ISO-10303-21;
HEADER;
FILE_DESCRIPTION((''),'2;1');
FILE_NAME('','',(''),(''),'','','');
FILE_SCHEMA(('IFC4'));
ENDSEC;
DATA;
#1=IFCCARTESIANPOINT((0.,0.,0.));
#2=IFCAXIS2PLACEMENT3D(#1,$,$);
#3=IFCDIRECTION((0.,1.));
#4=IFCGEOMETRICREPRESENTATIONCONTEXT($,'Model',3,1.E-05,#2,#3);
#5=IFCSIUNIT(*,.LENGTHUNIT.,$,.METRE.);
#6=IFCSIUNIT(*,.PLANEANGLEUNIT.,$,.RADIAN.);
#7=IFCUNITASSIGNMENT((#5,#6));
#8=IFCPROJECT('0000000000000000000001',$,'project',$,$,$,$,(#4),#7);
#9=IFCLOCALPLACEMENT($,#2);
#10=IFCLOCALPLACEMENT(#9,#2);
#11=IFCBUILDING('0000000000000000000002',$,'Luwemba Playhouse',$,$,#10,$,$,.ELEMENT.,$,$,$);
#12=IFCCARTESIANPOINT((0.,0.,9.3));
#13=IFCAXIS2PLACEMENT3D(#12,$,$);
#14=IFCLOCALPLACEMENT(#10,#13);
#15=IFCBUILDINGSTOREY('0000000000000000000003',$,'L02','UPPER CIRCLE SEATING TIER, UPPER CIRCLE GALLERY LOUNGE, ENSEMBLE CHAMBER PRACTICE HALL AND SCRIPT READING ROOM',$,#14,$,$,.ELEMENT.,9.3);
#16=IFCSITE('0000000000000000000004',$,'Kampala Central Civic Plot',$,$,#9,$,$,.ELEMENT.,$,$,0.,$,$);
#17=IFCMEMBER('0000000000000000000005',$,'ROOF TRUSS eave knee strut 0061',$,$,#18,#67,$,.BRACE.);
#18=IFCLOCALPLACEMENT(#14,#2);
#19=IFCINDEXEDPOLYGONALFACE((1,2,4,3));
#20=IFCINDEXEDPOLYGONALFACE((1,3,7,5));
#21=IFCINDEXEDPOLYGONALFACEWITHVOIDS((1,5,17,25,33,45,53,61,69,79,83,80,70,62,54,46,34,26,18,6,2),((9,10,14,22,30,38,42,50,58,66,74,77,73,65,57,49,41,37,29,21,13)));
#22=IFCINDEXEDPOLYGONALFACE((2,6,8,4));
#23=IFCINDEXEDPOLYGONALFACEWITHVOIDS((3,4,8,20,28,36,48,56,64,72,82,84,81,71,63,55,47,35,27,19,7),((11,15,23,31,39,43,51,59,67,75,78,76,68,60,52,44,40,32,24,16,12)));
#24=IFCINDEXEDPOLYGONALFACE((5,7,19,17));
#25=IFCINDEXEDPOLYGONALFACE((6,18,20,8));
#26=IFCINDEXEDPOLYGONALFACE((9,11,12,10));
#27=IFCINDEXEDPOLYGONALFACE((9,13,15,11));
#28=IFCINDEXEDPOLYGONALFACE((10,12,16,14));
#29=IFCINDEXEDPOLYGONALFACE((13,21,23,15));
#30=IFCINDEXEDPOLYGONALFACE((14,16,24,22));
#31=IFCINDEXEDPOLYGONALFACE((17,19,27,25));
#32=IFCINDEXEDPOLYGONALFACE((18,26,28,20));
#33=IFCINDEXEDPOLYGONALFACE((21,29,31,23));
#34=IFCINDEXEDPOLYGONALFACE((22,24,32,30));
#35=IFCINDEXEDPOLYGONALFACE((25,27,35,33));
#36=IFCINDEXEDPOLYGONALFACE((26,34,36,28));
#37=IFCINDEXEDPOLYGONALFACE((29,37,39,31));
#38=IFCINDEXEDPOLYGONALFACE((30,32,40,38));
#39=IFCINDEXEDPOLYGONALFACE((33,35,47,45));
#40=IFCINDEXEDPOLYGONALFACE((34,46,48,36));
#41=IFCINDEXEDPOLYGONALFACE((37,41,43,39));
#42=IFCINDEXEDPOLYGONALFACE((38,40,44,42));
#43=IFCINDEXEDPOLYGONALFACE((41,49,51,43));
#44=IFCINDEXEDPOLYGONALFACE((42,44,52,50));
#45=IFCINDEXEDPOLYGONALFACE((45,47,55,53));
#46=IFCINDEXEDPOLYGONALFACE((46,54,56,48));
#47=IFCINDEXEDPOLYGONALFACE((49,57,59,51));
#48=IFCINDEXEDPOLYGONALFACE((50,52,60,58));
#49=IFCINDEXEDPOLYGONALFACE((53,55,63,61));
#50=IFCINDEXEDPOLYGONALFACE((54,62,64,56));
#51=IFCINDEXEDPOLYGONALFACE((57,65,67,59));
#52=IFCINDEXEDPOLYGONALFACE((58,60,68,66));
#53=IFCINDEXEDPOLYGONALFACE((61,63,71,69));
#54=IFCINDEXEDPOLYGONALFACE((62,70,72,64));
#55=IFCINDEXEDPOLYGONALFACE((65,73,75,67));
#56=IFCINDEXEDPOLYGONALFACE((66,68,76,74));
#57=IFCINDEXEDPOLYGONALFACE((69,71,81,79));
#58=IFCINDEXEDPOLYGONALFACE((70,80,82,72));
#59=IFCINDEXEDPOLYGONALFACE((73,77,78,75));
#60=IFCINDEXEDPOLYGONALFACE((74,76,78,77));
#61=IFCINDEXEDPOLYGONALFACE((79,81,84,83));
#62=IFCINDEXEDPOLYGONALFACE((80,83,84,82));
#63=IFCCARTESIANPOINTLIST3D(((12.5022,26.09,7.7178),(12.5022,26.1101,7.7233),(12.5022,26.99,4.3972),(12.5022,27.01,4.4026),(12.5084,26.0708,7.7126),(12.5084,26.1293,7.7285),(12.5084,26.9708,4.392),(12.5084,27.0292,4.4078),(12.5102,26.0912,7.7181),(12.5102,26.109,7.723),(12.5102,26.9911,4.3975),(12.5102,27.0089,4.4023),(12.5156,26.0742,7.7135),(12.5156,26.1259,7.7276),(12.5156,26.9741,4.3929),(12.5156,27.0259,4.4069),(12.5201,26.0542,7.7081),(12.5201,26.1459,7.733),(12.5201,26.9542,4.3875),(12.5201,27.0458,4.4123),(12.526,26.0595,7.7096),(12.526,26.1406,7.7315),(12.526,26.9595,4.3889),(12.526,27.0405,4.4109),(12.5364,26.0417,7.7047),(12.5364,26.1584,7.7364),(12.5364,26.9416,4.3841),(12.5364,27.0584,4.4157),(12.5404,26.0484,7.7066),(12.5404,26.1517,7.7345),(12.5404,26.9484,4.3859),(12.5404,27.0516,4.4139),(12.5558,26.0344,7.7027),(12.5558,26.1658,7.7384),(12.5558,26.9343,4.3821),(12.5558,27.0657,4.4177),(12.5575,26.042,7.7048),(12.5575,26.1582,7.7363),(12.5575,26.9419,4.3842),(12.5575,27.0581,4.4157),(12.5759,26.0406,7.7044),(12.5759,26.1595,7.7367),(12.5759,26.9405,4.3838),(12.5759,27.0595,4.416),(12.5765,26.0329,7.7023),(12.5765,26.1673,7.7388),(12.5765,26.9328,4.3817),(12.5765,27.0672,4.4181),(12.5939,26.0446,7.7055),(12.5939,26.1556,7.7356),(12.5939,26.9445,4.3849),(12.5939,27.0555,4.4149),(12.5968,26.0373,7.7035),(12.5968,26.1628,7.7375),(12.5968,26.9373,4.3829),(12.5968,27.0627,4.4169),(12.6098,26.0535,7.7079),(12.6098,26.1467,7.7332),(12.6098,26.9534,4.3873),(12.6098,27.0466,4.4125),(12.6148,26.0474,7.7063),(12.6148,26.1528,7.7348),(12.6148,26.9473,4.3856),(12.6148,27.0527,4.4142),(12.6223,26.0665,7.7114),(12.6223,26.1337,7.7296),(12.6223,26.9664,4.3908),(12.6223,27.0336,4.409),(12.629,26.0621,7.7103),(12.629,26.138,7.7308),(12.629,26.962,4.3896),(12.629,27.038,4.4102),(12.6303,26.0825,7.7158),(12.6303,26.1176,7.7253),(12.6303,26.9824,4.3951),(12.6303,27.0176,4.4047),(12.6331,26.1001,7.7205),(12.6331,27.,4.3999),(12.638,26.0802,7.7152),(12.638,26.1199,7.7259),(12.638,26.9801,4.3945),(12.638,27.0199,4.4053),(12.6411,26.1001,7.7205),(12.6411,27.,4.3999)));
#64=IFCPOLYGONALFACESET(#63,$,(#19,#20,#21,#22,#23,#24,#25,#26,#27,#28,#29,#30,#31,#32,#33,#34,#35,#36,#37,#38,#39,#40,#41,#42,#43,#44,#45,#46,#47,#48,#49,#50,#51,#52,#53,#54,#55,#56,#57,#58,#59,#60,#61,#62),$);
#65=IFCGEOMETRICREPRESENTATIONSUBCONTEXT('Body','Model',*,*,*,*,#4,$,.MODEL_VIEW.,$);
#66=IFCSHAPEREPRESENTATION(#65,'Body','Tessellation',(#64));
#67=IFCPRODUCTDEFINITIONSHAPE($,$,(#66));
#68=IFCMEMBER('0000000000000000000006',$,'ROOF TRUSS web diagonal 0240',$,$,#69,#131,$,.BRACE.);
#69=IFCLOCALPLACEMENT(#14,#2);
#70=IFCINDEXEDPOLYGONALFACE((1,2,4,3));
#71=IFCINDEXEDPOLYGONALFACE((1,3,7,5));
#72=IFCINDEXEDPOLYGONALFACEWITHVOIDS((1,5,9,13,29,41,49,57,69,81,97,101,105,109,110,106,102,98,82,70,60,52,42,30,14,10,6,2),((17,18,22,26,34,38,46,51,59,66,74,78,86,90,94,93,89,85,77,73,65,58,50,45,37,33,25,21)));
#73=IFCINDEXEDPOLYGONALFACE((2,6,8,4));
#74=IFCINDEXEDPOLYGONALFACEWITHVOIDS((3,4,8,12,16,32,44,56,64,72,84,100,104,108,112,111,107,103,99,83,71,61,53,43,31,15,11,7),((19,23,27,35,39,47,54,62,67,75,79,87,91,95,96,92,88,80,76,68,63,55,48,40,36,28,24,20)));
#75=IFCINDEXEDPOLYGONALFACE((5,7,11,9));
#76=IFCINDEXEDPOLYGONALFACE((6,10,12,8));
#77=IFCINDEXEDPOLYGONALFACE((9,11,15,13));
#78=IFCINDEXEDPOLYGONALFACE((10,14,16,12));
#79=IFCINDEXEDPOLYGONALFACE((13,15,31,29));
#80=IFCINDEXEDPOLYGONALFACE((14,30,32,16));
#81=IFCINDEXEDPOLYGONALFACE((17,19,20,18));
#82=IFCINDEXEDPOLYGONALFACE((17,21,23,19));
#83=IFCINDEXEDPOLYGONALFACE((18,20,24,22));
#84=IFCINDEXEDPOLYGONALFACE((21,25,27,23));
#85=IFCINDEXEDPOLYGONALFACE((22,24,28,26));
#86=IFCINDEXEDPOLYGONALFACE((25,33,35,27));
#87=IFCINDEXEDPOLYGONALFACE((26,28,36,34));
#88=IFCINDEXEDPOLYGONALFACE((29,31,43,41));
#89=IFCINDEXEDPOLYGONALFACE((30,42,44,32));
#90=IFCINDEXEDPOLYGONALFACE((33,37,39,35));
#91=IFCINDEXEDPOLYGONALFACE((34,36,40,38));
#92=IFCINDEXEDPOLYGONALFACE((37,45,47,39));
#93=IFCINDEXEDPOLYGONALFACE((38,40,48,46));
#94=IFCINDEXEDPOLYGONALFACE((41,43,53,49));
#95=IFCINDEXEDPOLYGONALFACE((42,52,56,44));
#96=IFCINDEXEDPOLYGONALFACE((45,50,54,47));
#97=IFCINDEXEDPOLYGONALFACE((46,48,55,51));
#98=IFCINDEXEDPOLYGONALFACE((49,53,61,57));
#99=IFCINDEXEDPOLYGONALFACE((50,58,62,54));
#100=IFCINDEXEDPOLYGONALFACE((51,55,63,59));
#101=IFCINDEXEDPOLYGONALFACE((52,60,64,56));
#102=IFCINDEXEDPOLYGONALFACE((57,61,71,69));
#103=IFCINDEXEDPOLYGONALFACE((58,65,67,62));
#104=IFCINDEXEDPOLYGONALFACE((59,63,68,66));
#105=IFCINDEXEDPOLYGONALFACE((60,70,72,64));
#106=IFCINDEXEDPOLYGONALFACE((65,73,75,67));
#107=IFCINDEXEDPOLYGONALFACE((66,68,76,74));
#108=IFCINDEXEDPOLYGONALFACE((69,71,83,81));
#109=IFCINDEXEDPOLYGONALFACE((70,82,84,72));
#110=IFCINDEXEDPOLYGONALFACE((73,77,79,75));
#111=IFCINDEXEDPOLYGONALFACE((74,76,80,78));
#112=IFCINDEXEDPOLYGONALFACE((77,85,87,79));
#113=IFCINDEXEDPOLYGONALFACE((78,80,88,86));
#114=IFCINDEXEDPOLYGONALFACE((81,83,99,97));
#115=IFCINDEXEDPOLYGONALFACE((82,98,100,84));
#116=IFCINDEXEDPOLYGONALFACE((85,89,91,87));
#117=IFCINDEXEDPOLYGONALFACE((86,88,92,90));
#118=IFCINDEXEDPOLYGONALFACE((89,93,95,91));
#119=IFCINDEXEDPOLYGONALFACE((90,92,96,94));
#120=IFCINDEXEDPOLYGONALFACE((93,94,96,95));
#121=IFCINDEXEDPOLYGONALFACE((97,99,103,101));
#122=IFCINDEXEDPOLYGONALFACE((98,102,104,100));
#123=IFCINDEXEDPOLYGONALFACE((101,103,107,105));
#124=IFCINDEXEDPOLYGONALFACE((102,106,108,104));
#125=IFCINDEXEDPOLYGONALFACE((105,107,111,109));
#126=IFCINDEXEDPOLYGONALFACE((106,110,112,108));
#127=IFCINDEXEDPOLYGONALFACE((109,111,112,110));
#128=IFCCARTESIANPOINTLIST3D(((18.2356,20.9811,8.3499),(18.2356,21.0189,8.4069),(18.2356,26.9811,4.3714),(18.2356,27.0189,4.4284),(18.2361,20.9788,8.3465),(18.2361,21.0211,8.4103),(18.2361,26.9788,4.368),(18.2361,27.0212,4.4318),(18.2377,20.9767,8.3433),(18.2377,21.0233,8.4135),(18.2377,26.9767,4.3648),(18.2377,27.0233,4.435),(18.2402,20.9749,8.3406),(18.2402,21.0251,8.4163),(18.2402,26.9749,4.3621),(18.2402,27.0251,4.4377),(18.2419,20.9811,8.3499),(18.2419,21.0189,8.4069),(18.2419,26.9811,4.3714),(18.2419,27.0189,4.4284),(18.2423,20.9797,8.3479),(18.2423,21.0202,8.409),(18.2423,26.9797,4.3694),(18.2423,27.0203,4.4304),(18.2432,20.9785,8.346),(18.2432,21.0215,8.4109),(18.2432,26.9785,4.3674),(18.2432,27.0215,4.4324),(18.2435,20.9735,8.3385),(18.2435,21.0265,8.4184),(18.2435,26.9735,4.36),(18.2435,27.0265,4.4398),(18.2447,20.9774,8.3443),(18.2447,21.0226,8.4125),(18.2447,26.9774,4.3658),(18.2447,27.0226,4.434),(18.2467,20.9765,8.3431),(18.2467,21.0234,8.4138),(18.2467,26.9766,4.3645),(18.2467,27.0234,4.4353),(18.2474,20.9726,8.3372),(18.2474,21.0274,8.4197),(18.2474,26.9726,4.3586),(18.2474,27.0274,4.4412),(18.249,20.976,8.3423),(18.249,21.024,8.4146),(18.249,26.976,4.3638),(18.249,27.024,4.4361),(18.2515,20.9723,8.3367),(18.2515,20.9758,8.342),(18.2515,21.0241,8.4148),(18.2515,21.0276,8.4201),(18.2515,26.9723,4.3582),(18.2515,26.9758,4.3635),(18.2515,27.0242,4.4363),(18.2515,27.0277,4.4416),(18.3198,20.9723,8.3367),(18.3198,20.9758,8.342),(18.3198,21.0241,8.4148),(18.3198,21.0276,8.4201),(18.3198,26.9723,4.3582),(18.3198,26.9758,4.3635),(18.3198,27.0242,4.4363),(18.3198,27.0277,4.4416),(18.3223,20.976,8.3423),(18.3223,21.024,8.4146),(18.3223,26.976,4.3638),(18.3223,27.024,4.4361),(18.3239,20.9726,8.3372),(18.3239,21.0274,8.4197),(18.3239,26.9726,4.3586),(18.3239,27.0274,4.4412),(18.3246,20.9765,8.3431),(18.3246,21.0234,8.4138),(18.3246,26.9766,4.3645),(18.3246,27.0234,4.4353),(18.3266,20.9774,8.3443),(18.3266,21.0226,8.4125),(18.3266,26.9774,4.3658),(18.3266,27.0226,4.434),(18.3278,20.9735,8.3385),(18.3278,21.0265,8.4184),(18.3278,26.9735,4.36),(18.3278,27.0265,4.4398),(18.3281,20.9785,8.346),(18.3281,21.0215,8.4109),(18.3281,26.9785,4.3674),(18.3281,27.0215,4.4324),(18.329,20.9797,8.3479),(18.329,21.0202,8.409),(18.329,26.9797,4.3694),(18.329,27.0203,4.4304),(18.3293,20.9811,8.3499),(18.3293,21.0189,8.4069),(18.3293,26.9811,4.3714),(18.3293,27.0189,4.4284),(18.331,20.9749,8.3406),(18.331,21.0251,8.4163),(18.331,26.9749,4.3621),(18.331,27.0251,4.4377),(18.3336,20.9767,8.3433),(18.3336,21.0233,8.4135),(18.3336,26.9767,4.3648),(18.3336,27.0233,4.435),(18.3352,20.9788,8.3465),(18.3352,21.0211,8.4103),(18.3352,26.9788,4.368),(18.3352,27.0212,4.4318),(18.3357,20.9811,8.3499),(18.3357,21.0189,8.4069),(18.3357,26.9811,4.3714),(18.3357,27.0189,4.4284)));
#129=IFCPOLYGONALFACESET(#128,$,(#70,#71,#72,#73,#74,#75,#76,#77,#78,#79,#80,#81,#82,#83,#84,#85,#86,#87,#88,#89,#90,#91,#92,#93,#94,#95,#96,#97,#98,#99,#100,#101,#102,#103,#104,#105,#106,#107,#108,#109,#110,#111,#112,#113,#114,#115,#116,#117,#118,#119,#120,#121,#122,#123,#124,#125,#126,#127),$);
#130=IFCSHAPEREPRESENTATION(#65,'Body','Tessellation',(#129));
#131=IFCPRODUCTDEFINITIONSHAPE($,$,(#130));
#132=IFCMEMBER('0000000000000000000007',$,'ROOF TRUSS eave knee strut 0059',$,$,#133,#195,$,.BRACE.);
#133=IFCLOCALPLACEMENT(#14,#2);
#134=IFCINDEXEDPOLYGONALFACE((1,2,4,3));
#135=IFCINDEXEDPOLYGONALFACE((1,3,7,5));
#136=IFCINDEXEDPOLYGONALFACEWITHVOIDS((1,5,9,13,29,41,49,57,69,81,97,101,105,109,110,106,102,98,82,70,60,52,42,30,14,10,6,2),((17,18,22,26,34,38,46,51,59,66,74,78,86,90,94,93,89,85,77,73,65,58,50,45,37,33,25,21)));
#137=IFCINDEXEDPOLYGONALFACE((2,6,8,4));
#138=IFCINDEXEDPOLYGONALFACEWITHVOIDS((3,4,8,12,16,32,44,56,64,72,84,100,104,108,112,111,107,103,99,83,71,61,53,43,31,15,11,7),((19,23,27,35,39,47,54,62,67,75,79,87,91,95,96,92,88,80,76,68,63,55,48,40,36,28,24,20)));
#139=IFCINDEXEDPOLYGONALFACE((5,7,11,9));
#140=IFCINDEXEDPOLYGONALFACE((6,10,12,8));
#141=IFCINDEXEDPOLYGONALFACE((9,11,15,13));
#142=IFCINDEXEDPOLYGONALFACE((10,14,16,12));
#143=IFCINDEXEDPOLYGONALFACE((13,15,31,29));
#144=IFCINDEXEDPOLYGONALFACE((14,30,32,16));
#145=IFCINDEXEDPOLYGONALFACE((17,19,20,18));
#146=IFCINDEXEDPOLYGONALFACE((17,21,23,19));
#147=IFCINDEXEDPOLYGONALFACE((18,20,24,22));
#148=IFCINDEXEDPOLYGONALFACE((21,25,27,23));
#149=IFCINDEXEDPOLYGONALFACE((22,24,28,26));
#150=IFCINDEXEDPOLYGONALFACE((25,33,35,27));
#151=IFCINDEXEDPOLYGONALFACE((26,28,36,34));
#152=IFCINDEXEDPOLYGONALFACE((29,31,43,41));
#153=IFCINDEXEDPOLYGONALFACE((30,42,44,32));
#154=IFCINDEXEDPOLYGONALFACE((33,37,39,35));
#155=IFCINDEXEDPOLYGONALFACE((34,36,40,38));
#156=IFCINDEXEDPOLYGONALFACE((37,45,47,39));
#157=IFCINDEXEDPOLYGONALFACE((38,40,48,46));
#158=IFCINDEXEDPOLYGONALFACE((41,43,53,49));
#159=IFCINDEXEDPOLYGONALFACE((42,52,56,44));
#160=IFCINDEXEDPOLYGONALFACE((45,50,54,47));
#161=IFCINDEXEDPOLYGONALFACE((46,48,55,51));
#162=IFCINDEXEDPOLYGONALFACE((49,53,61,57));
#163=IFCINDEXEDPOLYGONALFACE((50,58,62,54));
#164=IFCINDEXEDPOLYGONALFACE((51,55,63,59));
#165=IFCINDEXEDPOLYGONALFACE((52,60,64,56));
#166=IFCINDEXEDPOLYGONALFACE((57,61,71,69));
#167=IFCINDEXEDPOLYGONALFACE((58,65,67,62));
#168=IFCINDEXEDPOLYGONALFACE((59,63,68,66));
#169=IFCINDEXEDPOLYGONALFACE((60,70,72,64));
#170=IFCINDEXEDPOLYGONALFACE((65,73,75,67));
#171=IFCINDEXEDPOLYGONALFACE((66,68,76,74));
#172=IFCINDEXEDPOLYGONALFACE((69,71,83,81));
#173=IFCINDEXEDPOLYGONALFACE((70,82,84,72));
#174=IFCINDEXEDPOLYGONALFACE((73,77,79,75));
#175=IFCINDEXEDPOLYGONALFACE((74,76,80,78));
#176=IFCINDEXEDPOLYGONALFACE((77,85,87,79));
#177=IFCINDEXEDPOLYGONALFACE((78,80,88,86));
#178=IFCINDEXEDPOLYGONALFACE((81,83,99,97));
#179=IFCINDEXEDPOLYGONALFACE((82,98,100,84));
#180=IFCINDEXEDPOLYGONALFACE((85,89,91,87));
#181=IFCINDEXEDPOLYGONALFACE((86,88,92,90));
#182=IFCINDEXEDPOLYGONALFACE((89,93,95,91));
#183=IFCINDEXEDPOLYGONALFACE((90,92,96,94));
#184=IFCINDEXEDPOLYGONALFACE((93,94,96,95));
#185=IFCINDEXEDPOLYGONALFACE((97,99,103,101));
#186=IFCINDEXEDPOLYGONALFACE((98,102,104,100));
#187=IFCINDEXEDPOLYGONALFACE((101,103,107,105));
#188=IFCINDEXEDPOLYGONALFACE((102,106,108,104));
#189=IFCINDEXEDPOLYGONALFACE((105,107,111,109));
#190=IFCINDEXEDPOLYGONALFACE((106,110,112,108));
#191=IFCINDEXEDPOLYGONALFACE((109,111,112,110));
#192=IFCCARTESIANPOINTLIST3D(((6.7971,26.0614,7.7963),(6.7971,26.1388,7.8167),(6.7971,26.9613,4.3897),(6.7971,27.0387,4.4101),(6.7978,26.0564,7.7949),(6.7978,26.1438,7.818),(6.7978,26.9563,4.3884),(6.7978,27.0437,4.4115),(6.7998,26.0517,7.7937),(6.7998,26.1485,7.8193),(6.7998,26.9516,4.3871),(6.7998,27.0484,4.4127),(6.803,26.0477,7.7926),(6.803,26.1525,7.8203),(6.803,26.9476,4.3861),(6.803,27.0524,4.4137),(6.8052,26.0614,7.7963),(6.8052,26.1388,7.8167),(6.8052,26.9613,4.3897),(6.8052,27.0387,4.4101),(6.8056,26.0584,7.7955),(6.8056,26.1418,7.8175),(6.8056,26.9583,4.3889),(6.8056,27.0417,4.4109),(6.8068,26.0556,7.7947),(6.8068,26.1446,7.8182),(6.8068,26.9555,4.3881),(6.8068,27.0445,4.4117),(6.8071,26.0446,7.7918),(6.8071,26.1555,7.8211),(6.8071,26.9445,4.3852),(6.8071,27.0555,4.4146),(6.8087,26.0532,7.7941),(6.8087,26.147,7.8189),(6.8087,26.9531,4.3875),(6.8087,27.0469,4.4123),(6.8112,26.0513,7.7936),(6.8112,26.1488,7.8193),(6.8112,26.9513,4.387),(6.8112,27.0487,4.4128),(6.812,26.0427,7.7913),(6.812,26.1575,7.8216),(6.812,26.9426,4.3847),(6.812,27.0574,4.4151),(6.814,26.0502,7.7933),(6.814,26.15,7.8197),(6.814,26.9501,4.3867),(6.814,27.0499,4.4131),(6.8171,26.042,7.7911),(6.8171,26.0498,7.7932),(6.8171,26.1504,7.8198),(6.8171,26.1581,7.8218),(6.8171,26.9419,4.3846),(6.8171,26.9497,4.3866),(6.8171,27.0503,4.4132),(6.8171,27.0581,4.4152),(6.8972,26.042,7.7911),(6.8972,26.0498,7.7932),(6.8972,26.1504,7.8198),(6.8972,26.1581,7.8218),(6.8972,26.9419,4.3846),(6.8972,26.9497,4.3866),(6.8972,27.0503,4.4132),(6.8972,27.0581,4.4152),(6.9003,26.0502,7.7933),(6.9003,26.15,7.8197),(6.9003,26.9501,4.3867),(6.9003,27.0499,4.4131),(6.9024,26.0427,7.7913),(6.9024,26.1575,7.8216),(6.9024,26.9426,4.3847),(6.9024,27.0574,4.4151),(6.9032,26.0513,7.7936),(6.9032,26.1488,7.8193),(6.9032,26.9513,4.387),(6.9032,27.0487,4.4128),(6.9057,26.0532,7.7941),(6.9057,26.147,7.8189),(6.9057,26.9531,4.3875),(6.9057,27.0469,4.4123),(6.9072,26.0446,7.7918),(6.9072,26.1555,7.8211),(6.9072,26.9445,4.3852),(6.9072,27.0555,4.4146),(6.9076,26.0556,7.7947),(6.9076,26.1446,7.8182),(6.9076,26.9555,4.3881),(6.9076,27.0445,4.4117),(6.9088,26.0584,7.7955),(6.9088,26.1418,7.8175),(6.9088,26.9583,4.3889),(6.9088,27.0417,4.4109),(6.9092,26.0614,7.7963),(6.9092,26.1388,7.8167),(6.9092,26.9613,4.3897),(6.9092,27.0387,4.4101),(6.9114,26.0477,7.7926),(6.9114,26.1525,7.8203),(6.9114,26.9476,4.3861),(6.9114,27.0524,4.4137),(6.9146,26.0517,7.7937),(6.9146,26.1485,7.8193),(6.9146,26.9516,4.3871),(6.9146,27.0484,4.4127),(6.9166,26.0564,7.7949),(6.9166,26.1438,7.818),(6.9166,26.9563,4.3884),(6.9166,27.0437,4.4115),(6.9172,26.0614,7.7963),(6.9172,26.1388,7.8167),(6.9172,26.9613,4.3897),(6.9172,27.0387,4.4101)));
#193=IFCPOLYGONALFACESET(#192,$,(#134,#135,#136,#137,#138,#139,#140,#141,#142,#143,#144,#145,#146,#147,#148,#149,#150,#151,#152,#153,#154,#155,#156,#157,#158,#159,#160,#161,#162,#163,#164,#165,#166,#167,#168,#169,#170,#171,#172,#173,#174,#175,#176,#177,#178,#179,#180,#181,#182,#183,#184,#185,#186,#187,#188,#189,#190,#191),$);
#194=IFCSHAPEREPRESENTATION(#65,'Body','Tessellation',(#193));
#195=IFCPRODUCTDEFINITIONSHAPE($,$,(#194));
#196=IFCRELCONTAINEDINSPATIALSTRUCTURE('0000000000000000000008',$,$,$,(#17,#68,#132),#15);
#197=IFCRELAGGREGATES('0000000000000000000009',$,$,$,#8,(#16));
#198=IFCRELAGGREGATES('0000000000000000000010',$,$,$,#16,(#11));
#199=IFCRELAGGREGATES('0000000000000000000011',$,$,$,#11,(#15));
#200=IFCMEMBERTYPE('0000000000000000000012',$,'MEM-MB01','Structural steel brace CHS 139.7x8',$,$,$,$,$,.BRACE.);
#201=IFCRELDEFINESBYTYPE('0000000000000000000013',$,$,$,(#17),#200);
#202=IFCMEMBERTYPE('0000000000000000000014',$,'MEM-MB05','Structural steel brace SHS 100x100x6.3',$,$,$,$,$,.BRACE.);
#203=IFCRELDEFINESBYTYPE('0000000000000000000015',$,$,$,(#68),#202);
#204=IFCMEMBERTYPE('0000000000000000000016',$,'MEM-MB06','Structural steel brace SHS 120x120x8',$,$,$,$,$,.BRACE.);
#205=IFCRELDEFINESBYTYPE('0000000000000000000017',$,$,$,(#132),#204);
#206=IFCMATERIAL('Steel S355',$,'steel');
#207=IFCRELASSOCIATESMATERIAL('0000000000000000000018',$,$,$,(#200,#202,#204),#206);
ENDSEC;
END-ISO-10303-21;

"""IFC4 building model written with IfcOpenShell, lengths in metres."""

from ifc_helpers import new_model, si_unit, direction, frame, origin, origin_2d, place, context, subcontext, project, spatial, hollow_rectangle, hollow_circle, extrude, material, material_profile, profile_set, type_object, element, save


model = new_model("IFC4")

# Units and contexts
model_context = context("Model", 3, precision=1e-05, world=origin(), true_north=direction((0.0, 1.0)))
body_context = subcontext(model_context, "Body", "Model", "MODEL_VIEW")
ifc_project = project(units=[si_unit("LENGTHUNIT", "METRE"), si_unit("PLANEANGLEUNIT", "RADIAN")], contexts=[model_context])

# Site, building, storey
site_placement = place(None, origin())
site = spatial("IfcSite", under=ifc_project, at=site_placement, Name="Kampala Central Civic Plot", CompositionType="ELEMENT", RefElevation=0.0)
building_placement = place(site_placement, origin())
building = spatial("IfcBuilding", under=site, at=building_placement, Name="Luwemba Playhouse", CompositionType="ELEMENT")
storey_placement = place(building_placement, frame((0.0, 0.0, 9.3)))
storey = spatial("IfcBuildingStorey", under=building, at=storey_placement, Name="L02", Description="UPPER CIRCLE SEATING TIER, UPPER CIRCLE GALLERY LOUNGE, ENSEMBLE CHAMBER PRACTICE HALL AND SCRIPT READING ROOM", CompositionType="ELEMENT", Elevation=9.3)

# Shared definitions
ifc_material_1 = material(Name="Steel S355", Category="steel")

# Members
ifc_material_profile_1 = material_profile(ifc_material_1, hollow_circle(Radius=0.0698, WallThickness=0.0081, at=origin_2d()))
ifc_profile_set_1 = profile_set([ifc_material_profile_1], Name="Steel S355")
member_type_1 = type_object("IfcMemberType", Name="MEM-MB01", Description="Structural steel brace CHS 139.7x8", PredefinedType="BRACE", material=ifc_profile_set_1)
member_1_placement = place(storey_placement, frame((12.5713, 27.0, 4.3999), z_axis=(0.0, -0.261574, 0.965183), x_axis=(1.0, 0.0, 0.0)))
element("IfcMember", 1, at=member_1_placement, inside=storey, type_object=member_type_1, Name="ROOF TRUSS eave knee strut 0061", PredefinedType="BRACE", context=body_context, shape_type="SweptSolid", body=[
    extrude(hollow_circle(Radius=0.0698, WallThickness=0.0081, at=origin_2d()), origin(), (0.0, 0.0, 1.0), 3.4404),
])
ifc_material_profile_2 = material_profile(ifc_material_1, hollow_rectangle(XDim=0.1001, YDim=0.1001, WallThickness=0.0063, InnerFilletRadius=0.0095, OuterFilletRadius=0.0159, at=origin_2d()))
ifc_profile_set_2 = profile_set([ifc_material_profile_2], Name="Steel S355")
member_type_2 = type_object("IfcMemberType", Name="MEM-MB05", Description="Structural steel brace SHS 100x100x6.3", PredefinedType="BRACE", material=ifc_profile_set_2)
member_2_placement = place(storey_placement, frame((18.2856, 27.0, 4.3999), z_axis=(0.0, -0.833425, 0.552632), x_axis=(1.0, 0.0, 0.0)))
element("IfcMember", 2, at=member_2_placement, inside=storey, type_object=member_type_2, Name="ROOF TRUSS web diagonal 0240", PredefinedType="BRACE", context=body_context, shape_type="SweptSolid", body=[
    extrude(hollow_rectangle(XDim=0.1001, YDim=0.1001, WallThickness=0.0063, InnerFilletRadius=0.0095, OuterFilletRadius=0.0159, at=origin_2d()), origin(), (0.0, 0.0, 1.0), 7.1992),
])
ifc_material_profile_3 = material_profile(ifc_material_1, hollow_rectangle(XDim=0.1201, YDim=0.1201, WallThickness=0.0081, InnerFilletRadius=0.012, OuterFilletRadius=0.02, at=origin_2d()))
ifc_profile_set_3 = profile_set([ifc_material_profile_3], Name="Steel S355")
member_type_3 = type_object("IfcMemberType", Name="MEM-MB06", Description="Structural steel brace SHS 120x120x8", PredefinedType="BRACE", material=ifc_profile_set_3)
member_3_placement = place(storey_placement, frame((6.8572, 27.0, 4.3999), z_axis=(0.0, -0.255411, 0.966833), x_axis=(1.0, 0.0, 0.0)))
element("IfcMember", 3, at=member_3_placement, inside=storey, type_object=member_type_3, Name="ROOF TRUSS eave knee strut 0059", PredefinedType="BRACE", context=body_context, shape_type="SweptSolid", body=[
    extrude(hollow_rectangle(XDim=0.1201, YDim=0.1201, WallThickness=0.0081, InnerFilletRadius=0.012, OuterFilletRadius=0.02, at=origin_2d()), origin(), (0.0, 0.0, 1.0), 3.5234),
])

save(model, "model.ifc")
